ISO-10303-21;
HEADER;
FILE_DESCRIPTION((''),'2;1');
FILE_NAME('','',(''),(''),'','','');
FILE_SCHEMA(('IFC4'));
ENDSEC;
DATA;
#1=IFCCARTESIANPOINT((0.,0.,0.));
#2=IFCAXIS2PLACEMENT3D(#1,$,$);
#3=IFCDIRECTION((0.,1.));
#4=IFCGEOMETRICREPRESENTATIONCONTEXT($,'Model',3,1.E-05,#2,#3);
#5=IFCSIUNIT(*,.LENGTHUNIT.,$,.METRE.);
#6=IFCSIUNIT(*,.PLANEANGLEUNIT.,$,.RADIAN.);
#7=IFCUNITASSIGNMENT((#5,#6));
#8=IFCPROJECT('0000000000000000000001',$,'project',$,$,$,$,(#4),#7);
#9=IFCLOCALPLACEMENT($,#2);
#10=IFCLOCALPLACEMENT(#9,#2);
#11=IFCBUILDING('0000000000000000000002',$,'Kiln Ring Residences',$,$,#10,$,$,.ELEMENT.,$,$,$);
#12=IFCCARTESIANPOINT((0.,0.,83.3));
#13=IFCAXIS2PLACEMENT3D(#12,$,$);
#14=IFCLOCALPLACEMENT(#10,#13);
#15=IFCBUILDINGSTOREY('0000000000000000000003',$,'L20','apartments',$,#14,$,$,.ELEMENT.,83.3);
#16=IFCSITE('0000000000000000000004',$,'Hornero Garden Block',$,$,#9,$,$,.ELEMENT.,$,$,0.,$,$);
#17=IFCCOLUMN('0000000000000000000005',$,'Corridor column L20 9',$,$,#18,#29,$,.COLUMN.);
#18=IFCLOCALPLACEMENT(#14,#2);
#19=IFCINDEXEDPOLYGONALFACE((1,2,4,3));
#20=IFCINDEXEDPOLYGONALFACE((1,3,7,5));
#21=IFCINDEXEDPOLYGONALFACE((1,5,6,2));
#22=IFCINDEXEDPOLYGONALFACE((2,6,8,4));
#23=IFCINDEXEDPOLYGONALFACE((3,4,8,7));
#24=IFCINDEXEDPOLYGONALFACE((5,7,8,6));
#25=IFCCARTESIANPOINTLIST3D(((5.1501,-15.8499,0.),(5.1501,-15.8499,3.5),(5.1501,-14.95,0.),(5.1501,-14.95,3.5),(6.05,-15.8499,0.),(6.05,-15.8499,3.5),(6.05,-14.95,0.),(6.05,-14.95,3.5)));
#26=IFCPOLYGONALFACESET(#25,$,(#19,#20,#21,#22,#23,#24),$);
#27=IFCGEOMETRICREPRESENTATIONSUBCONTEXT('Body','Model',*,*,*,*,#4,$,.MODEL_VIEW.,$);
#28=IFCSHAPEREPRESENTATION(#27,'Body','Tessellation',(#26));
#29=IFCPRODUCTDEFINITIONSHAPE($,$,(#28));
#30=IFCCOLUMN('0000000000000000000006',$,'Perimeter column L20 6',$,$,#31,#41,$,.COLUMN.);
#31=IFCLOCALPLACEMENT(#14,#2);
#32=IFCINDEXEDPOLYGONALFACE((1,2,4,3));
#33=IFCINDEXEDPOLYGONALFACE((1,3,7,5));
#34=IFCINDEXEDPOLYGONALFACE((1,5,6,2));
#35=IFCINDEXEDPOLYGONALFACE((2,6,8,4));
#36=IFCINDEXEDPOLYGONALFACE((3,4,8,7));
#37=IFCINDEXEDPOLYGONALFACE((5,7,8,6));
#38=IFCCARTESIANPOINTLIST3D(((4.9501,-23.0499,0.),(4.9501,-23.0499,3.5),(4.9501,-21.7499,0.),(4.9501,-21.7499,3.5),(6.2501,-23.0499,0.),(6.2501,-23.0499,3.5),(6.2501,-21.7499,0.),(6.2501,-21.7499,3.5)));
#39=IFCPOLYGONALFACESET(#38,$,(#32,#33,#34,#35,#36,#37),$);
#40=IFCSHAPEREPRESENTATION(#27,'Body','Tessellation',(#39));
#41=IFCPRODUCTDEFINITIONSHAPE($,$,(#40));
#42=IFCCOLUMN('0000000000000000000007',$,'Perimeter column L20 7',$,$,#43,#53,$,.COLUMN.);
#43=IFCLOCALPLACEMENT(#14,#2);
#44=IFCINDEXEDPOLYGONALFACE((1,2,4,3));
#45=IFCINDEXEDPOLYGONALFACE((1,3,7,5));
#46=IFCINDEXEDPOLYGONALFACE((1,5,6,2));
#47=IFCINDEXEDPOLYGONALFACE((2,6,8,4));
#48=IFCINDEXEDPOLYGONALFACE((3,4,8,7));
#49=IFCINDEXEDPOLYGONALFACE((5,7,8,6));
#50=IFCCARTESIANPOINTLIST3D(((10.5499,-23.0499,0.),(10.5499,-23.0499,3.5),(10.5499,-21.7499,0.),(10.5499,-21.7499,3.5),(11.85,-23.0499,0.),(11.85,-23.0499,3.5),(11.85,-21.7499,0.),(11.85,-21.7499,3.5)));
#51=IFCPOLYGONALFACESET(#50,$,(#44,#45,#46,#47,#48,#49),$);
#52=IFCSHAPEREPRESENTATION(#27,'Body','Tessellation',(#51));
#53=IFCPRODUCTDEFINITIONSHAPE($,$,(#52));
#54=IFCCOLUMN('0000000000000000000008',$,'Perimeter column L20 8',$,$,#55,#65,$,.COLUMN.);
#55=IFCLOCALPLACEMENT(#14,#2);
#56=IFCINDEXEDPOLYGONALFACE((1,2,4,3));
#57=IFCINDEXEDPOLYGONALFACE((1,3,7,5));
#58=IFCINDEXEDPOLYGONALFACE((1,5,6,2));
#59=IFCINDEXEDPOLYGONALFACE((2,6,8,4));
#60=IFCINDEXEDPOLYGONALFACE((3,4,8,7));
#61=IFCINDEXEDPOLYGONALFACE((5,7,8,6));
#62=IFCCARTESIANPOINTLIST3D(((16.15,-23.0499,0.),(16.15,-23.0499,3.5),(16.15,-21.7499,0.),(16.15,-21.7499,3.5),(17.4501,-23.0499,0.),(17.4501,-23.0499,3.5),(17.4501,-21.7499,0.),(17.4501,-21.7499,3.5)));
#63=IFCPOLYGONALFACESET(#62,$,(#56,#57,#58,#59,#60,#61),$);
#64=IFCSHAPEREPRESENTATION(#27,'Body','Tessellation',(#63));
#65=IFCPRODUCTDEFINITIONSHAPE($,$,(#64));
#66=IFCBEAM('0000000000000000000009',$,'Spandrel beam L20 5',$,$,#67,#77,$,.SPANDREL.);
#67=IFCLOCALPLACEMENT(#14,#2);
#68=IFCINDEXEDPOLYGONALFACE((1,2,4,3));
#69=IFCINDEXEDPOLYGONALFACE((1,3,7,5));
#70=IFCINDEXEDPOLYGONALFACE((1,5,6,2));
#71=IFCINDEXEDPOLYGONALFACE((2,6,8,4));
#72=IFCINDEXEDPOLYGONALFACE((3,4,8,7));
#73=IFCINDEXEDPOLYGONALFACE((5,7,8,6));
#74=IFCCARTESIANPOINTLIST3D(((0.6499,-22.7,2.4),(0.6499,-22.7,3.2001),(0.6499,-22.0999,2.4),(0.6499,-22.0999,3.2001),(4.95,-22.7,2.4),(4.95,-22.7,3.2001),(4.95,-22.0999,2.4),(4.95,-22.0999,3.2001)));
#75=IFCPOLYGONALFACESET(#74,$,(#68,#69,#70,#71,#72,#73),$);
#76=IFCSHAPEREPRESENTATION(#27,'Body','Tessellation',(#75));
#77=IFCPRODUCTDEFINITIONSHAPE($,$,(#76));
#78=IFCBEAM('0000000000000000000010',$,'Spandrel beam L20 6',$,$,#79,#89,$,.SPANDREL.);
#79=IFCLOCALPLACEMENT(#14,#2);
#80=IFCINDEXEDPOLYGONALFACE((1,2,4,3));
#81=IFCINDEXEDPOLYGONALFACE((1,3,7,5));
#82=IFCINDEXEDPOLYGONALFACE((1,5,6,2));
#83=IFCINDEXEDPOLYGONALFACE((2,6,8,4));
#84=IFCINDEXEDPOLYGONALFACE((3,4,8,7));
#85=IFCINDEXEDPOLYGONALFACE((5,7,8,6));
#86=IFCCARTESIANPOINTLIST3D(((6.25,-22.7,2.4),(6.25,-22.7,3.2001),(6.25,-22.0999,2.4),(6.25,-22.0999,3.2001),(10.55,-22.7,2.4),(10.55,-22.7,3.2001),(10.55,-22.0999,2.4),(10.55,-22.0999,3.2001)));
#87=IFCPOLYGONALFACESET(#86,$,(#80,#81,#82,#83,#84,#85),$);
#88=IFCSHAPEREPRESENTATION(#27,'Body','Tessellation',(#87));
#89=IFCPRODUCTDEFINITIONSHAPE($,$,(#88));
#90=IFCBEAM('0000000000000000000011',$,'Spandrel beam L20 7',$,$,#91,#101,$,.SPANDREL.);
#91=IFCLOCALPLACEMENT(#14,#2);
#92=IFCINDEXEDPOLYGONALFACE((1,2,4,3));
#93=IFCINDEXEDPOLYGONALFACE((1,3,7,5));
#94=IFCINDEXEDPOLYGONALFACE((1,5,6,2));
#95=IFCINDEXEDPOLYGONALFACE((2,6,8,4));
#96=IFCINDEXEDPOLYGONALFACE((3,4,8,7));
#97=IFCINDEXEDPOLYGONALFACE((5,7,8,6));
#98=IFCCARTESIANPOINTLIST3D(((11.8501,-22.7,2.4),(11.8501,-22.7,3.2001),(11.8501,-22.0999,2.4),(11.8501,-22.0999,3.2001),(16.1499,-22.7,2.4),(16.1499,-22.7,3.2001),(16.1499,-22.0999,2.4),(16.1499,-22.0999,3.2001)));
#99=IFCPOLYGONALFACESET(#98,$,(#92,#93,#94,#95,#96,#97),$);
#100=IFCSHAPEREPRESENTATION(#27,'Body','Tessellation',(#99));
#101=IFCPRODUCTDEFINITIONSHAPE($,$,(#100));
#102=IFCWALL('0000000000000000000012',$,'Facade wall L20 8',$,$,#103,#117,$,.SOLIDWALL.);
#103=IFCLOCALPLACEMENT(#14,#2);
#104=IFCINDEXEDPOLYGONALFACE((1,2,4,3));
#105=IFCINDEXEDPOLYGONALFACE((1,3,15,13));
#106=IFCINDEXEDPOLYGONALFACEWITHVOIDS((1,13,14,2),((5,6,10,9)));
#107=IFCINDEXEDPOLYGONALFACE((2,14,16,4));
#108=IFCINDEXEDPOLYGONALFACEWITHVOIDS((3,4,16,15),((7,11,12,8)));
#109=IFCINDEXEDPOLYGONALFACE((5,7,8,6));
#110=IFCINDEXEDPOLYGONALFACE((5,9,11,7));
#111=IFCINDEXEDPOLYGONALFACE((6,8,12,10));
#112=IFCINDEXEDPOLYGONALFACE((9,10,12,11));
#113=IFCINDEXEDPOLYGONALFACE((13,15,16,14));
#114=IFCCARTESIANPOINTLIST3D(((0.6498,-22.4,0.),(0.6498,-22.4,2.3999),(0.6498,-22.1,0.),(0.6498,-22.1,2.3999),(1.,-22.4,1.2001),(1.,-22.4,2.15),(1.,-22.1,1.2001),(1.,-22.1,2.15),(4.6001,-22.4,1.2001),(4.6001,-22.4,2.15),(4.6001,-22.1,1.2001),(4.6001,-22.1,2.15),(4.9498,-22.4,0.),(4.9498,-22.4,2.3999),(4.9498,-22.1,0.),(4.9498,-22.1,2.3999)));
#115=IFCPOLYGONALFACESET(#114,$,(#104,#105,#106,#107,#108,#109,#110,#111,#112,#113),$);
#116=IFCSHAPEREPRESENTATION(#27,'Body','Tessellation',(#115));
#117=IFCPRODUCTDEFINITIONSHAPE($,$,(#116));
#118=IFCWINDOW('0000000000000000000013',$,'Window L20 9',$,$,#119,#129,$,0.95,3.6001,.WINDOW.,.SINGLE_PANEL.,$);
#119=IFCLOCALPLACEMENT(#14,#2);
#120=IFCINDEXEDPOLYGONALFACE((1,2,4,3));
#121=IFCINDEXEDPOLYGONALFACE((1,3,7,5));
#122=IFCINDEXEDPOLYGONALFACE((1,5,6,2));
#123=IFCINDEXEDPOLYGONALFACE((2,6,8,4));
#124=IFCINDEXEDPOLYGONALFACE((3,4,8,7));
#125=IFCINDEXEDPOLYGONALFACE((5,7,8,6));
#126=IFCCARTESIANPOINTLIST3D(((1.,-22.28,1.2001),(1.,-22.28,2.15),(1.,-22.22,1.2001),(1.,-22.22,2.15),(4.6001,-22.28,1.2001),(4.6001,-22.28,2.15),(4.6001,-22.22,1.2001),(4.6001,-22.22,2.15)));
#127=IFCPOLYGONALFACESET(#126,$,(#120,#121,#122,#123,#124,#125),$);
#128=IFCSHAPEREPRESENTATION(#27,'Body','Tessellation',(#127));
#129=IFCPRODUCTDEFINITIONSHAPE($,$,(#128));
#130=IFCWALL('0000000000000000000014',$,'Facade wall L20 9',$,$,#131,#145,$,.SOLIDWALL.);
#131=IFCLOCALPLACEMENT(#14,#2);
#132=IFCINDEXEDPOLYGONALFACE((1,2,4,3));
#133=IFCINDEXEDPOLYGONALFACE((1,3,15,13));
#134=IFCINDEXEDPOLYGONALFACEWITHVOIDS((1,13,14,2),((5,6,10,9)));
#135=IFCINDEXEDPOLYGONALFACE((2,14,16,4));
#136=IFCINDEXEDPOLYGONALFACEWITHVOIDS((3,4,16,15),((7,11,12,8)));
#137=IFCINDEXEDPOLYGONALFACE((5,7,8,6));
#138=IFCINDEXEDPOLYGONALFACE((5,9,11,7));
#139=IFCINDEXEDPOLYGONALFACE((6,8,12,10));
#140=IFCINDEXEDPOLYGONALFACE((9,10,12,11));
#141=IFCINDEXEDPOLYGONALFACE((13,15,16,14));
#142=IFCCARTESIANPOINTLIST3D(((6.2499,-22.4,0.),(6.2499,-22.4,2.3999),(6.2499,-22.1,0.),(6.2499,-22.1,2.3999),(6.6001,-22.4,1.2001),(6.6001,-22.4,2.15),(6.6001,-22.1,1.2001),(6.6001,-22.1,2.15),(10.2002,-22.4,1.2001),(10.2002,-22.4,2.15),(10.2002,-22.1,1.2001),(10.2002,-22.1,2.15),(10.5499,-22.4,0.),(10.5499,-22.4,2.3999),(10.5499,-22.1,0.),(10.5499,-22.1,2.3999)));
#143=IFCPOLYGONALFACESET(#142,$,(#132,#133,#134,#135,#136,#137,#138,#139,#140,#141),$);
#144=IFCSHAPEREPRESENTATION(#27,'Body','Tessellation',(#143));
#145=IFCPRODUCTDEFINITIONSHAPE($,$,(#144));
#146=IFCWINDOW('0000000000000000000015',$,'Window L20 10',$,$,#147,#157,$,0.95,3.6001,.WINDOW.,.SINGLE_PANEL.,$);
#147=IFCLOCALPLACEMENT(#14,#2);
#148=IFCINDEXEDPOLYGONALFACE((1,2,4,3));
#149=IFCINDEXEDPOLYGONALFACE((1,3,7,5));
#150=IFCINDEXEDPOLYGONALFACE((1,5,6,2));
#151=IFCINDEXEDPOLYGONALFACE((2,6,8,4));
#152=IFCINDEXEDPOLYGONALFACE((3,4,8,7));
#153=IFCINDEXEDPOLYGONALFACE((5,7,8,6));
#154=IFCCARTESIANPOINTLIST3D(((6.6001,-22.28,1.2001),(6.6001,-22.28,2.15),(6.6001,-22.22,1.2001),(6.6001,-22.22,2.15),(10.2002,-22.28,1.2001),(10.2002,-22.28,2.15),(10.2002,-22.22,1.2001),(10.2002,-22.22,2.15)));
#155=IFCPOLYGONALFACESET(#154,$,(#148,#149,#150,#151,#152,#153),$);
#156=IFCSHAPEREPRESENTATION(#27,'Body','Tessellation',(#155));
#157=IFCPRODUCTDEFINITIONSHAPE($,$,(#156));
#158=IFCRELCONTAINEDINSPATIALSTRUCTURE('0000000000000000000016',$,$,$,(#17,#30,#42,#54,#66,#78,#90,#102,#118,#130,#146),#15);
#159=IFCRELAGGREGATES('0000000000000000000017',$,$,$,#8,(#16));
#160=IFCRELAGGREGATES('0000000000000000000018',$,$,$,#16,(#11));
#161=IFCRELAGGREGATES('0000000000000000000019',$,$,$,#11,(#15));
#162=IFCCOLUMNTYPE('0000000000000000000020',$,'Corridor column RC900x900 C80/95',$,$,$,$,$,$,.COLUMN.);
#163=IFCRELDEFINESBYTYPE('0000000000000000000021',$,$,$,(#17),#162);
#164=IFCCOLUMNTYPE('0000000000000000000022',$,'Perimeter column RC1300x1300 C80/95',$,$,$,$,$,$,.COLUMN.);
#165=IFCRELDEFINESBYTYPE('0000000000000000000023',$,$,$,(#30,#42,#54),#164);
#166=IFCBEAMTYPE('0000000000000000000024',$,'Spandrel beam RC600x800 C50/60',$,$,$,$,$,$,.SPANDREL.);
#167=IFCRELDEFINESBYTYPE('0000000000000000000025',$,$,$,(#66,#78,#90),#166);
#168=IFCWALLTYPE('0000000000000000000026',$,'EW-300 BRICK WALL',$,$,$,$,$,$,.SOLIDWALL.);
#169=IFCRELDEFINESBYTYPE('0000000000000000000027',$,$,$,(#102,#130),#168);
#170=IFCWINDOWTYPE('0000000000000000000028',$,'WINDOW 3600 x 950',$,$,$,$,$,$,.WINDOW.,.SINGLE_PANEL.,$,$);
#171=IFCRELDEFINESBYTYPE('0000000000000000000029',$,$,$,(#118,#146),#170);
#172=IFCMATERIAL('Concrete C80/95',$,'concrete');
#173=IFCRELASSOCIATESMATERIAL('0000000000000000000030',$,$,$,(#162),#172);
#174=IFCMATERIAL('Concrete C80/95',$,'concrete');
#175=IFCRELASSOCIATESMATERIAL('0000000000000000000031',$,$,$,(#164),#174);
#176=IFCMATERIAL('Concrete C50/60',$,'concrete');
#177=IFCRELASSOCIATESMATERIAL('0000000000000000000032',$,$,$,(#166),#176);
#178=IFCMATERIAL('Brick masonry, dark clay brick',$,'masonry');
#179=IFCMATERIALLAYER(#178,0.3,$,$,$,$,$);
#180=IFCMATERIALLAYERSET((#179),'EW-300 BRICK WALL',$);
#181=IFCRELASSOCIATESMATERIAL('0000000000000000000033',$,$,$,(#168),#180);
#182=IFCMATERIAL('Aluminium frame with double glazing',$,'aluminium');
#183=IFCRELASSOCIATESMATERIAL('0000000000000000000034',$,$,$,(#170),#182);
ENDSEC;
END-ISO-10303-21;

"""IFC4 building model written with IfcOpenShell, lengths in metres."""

from ifc_helpers import new_model, si_unit, direction, frame, frame_2d, origin, origin_2d, place, context, subcontext, project, spatial, rectangle, extrude, material, layer, layer_set, material_profile, profile_set, type_object, element, fill, save


model = new_model("IFC4")

# Units and contexts
model_context = context("Model", 3, precision=1e-05, world=origin(), true_north=direction((0.0, 1.0)))
body_context = subcontext(model_context, "Body", "Model", "MODEL_VIEW")
ifc_project = project(units=[si_unit("LENGTHUNIT", "METRE"), si_unit("PLANEANGLEUNIT", "RADIAN")], contexts=[model_context])

# Site, building, storey
site_placement = place(None, origin())
site = spatial("IfcSite", under=ifc_project, at=site_placement, Name="Hornero Garden Block", CompositionType="ELEMENT", RefElevation=0.0)
building_placement = place(site_placement, origin())
building = spatial("IfcBuilding", under=site, at=building_placement, Name="Kiln Ring Residences", CompositionType="ELEMENT")
storey_placement = place(building_placement, frame((0.0, 0.0, 83.3)))
storey = spatial("IfcBuildingStorey", under=building, at=storey_placement, Name="L20", Description="apartments", CompositionType="ELEMENT", Elevation=83.3)

# Columns
ifc_material_1 = material(Name="Concrete C80/95", Category="concrete")
ifc_material_profile_1 = material_profile(ifc_material_1, rectangle(XDim=0.8999, YDim=0.8999, at=origin_2d()), Name="RC900x900")
ifc_profile_set_1 = profile_set([ifc_material_profile_1], Name="Concrete C80/95")
column_type_1 = type_object("IfcColumnType", Name="Corridor column RC900x900 C80/95", PredefinedType="COLUMN", material=ifc_profile_set_1)
column_placement = place(storey_placement, frame((5.6001, -15.3999, 0.0), z_axis=(0.0, 0.0, 1.0), x_axis=(1.0, 0.0, 0.0)))
element("IfcColumn", 1, at=column_placement, inside=storey, type_object=column_type_1, Name="Corridor column L20 9", PredefinedType="COLUMN", context=body_context, shape_type="SweptSolid", body=[
    extrude(rectangle(XDim=0.8999, YDim=0.8999, at=origin_2d()), origin(), (0.0, 0.0, 1.0), 3.5),
])
ifc_material_2 = material(Name="Concrete C80/95", Category="concrete")
ifc_material_profile_2 = material_profile(ifc_material_2, rectangle(XDim=1.3, YDim=1.3, at=origin_2d()), Name="RC1300x1300")
ifc_profile_set_2 = profile_set([ifc_material_profile_2], Name="Concrete C80/95")
column_type_2 = type_object("IfcColumnType", Name="Perimeter column RC1300x1300 C80/95", PredefinedType="COLUMN", material=ifc_profile_set_2)
for number, where, z_axis, x_axis, name in (
    (2, (5.6001, -22.3999, 0.0), (0.0, 0.0, 1.0), (1.0, 0.0, 0.0), "Perimeter column L20 6"),
    (3, (11.2, -22.3999, 0.0), (0.0, 0.0, 1.0), (1.0, 0.0, 0.0), "Perimeter column L20 7"),
    (4, (16.8, -22.3999, 0.0), (0.0, 0.0, 1.0), (1.0, 0.0, 0.0), "Perimeter column L20 8"),
):
    element("IfcColumn", number, at=place(storey_placement, frame(where, z_axis=z_axis, x_axis=x_axis)), inside=storey, type_object=column_type_2, Name=name, PredefinedType="COLUMN", context=body_context, shape_type="SweptSolid", body=[
        extrude(rectangle(XDim=1.3, YDim=1.3, at=origin_2d()), origin(), (0.0, 0.0, 1.0), 3.5),
    ])

# Beams
ifc_material_3 = material(Name="Concrete C50/60", Category="concrete")
ifc_material_profile_3 = material_profile(ifc_material_3, rectangle(XDim=0.6001, YDim=0.8, at=origin_2d()), Name="RC600x800")
ifc_profile_set_3 = profile_set([ifc_material_profile_3], Name="Concrete C50/60")
beam_type = type_object("IfcBeamType", Name="Spandrel beam RC600x800 C50/60", PredefinedType="SPANDREL", material=ifc_profile_set_3)
for number, where, z_axis, x_axis, name in (
    (5, (0.6499, -22.3999, 2.8), (1.0, 0.0, 0.0), (0.0, 1.0, 0.0), "Spandrel beam L20 5"),
    (6, (6.25, -22.3999, 2.8), (1.0, 0.0, 0.0), (0.0, 1.0, 0.0), "Spandrel beam L20 6"),
):
    element("IfcBeam", number, at=place(storey_placement, frame(where, z_axis=z_axis, x_axis=x_axis)), inside=storey, type_object=beam_type, Name=name, PredefinedType="SPANDREL", context=body_context, shape_type="SweptSolid", body=[
        extrude(rectangle(XDim=0.6001, YDim=0.8, at=origin_2d()), origin(), (0.0, 0.0, 1.0), 4.3),
    ])
beam_placement = place(storey_placement, frame((11.8501, -22.3999, 2.8), z_axis=(1.0, 0.0, 0.0), x_axis=(0.0, 1.0, 0.0)))
element("IfcBeam", 7, at=beam_placement, inside=storey, type_object=beam_type, Name="Spandrel beam L20 7", PredefinedType="SPANDREL", context=body_context, shape_type="SweptSolid", body=[
    extrude(rectangle(XDim=0.6001, YDim=0.8, at=origin_2d()), origin(), (0.0, 0.0, 1.0), 4.2998),
])

# Walls, openings, windows
ifc_material_4 = material(Name="Brick masonry, dark clay brick", Category="masonry")
ifc_layer_1 = layer(ifc_material_4, 0.3)
ifc_layer_set_1 = layer_set([ifc_layer_1], Name="EW-300 BRICK WALL")
wall_type_1 = type_object("IfcWallType", Name="EW-300 BRICK WALL", PredefinedType="SOLIDWALL", material=ifc_layer_set_1)
wall_1_placement = place(storey_placement, frame((0.6499, -22.25, 0.0), z_axis=(0.0, 0.0, 1.0), x_axis=(1.0, 0.0, 0.0)))
wall_1 = element("IfcWall", 8, at=wall_1_placement, inside=storey, type_object=wall_type_1, Name="Facade wall L20 8", PredefinedType="SOLIDWALL", context=body_context, shape_type="SweptSolid", body=[
    extrude(rectangle(XDim=4.3, YDim=0.3, at=frame_2d((2.1499, 0.0))), origin(), (0.0, 0.0, 1.0), 2.3999),
])
opening_1_placement = place(wall_1_placement, frame((0.3501, 0.0, 1.2)))
opening_1 = element("IfcOpeningElement", 9, at=opening_1_placement, cuts=wall_1, PredefinedType="OPENING", context=body_context, shape_type="SweptSolid", body=[
    extrude(rectangle(XDim=3.6001, YDim=0.95, at=frame_2d((1.8, 0.4751))), frame((0.0, 0.1599, 0.0), z_axis=(0.0, -1.0, 0.0), x_axis=(1.0, 0.0, 0.0)), (0.0, 0.0, 1.0), 0.3201),
])
ifc_material_5 = material(Name="Aluminium frame with double glazing", Category="aluminium")
window_type_1 = type_object("IfcWindowType", Name="WINDOW 3600 x 950", PartitioningType="SINGLE_PANEL", PredefinedType="WINDOW", material=ifc_material_5)
window_1_placement = place(opening_1_placement, origin())
window_1 = element("IfcWindow", 10, at=window_1_placement, inside=storey, type_object=window_type_1, Name="Window L20 9", OverallHeight=0.95, OverallWidth=3.6001, PartitioningType="SINGLE_PANEL", PredefinedType="WINDOW", context=body_context, shape_type="SweptSolid", body=[
    extrude(rectangle(XDim=3.6001, YDim=0.95, at=frame_2d((1.8, 0.4751))), frame((0.0, 0.03, 0.0), z_axis=(0.0, -1.0, 0.0), x_axis=(1.0, 0.0, 0.0)), (0.0, 0.0, 1.0), 0.0601),
])
fill(opening_1, window_1)
wall_2_placement = place(storey_placement, frame((6.25, -22.25, 0.0), z_axis=(0.0, 0.0, 1.0), x_axis=(1.0, 0.0, 0.0)))
wall_2 = element("IfcWall", 11, at=wall_2_placement, inside=storey, type_object=wall_type_1, Name="Facade wall L20 9", PredefinedType="SOLIDWALL", context=body_context, shape_type="SweptSolid", body=[
    extrude(rectangle(XDim=4.3, YDim=0.3, at=frame_2d((2.1499, 0.0))), origin(), (0.0, 0.0, 1.0), 2.3999),
])
opening_2_placement = place(wall_2_placement, frame((0.3501, 0.0, 1.2)))
opening_2 = element("IfcOpeningElement", 12, at=opening_2_placement, cuts=wall_2, PredefinedType="OPENING", context=body_context, shape_type="SweptSolid", body=[
    extrude(rectangle(XDim=3.6001, YDim=0.95, at=frame_2d((1.8, 0.4751))), frame((0.0, 0.1599, 0.0), z_axis=(0.0, -1.0, 0.0), x_axis=(1.0, 0.0, 0.0)), (0.0, 0.0, 1.0), 0.3201),
])
window_2_placement = place(opening_2_placement, origin())
window_2 = element("IfcWindow", 13, at=window_2_placement, inside=storey, type_object=window_type_1, Name="Window L20 10", OverallHeight=0.95, OverallWidth=3.6001, PartitioningType="SINGLE_PANEL", PredefinedType="WINDOW", context=body_context, shape_type="SweptSolid", body=[
    extrude(rectangle(XDim=3.6001, YDim=0.95, at=frame_2d((1.8, 0.4751))), frame((0.0, 0.03, 0.0), z_axis=(0.0, -1.0, 0.0), x_axis=(1.0, 0.0, 0.0)), (0.0, 0.0, 1.0), 0.0601),
])
fill(opening_2, window_2)

save(model, "model.ifc")
